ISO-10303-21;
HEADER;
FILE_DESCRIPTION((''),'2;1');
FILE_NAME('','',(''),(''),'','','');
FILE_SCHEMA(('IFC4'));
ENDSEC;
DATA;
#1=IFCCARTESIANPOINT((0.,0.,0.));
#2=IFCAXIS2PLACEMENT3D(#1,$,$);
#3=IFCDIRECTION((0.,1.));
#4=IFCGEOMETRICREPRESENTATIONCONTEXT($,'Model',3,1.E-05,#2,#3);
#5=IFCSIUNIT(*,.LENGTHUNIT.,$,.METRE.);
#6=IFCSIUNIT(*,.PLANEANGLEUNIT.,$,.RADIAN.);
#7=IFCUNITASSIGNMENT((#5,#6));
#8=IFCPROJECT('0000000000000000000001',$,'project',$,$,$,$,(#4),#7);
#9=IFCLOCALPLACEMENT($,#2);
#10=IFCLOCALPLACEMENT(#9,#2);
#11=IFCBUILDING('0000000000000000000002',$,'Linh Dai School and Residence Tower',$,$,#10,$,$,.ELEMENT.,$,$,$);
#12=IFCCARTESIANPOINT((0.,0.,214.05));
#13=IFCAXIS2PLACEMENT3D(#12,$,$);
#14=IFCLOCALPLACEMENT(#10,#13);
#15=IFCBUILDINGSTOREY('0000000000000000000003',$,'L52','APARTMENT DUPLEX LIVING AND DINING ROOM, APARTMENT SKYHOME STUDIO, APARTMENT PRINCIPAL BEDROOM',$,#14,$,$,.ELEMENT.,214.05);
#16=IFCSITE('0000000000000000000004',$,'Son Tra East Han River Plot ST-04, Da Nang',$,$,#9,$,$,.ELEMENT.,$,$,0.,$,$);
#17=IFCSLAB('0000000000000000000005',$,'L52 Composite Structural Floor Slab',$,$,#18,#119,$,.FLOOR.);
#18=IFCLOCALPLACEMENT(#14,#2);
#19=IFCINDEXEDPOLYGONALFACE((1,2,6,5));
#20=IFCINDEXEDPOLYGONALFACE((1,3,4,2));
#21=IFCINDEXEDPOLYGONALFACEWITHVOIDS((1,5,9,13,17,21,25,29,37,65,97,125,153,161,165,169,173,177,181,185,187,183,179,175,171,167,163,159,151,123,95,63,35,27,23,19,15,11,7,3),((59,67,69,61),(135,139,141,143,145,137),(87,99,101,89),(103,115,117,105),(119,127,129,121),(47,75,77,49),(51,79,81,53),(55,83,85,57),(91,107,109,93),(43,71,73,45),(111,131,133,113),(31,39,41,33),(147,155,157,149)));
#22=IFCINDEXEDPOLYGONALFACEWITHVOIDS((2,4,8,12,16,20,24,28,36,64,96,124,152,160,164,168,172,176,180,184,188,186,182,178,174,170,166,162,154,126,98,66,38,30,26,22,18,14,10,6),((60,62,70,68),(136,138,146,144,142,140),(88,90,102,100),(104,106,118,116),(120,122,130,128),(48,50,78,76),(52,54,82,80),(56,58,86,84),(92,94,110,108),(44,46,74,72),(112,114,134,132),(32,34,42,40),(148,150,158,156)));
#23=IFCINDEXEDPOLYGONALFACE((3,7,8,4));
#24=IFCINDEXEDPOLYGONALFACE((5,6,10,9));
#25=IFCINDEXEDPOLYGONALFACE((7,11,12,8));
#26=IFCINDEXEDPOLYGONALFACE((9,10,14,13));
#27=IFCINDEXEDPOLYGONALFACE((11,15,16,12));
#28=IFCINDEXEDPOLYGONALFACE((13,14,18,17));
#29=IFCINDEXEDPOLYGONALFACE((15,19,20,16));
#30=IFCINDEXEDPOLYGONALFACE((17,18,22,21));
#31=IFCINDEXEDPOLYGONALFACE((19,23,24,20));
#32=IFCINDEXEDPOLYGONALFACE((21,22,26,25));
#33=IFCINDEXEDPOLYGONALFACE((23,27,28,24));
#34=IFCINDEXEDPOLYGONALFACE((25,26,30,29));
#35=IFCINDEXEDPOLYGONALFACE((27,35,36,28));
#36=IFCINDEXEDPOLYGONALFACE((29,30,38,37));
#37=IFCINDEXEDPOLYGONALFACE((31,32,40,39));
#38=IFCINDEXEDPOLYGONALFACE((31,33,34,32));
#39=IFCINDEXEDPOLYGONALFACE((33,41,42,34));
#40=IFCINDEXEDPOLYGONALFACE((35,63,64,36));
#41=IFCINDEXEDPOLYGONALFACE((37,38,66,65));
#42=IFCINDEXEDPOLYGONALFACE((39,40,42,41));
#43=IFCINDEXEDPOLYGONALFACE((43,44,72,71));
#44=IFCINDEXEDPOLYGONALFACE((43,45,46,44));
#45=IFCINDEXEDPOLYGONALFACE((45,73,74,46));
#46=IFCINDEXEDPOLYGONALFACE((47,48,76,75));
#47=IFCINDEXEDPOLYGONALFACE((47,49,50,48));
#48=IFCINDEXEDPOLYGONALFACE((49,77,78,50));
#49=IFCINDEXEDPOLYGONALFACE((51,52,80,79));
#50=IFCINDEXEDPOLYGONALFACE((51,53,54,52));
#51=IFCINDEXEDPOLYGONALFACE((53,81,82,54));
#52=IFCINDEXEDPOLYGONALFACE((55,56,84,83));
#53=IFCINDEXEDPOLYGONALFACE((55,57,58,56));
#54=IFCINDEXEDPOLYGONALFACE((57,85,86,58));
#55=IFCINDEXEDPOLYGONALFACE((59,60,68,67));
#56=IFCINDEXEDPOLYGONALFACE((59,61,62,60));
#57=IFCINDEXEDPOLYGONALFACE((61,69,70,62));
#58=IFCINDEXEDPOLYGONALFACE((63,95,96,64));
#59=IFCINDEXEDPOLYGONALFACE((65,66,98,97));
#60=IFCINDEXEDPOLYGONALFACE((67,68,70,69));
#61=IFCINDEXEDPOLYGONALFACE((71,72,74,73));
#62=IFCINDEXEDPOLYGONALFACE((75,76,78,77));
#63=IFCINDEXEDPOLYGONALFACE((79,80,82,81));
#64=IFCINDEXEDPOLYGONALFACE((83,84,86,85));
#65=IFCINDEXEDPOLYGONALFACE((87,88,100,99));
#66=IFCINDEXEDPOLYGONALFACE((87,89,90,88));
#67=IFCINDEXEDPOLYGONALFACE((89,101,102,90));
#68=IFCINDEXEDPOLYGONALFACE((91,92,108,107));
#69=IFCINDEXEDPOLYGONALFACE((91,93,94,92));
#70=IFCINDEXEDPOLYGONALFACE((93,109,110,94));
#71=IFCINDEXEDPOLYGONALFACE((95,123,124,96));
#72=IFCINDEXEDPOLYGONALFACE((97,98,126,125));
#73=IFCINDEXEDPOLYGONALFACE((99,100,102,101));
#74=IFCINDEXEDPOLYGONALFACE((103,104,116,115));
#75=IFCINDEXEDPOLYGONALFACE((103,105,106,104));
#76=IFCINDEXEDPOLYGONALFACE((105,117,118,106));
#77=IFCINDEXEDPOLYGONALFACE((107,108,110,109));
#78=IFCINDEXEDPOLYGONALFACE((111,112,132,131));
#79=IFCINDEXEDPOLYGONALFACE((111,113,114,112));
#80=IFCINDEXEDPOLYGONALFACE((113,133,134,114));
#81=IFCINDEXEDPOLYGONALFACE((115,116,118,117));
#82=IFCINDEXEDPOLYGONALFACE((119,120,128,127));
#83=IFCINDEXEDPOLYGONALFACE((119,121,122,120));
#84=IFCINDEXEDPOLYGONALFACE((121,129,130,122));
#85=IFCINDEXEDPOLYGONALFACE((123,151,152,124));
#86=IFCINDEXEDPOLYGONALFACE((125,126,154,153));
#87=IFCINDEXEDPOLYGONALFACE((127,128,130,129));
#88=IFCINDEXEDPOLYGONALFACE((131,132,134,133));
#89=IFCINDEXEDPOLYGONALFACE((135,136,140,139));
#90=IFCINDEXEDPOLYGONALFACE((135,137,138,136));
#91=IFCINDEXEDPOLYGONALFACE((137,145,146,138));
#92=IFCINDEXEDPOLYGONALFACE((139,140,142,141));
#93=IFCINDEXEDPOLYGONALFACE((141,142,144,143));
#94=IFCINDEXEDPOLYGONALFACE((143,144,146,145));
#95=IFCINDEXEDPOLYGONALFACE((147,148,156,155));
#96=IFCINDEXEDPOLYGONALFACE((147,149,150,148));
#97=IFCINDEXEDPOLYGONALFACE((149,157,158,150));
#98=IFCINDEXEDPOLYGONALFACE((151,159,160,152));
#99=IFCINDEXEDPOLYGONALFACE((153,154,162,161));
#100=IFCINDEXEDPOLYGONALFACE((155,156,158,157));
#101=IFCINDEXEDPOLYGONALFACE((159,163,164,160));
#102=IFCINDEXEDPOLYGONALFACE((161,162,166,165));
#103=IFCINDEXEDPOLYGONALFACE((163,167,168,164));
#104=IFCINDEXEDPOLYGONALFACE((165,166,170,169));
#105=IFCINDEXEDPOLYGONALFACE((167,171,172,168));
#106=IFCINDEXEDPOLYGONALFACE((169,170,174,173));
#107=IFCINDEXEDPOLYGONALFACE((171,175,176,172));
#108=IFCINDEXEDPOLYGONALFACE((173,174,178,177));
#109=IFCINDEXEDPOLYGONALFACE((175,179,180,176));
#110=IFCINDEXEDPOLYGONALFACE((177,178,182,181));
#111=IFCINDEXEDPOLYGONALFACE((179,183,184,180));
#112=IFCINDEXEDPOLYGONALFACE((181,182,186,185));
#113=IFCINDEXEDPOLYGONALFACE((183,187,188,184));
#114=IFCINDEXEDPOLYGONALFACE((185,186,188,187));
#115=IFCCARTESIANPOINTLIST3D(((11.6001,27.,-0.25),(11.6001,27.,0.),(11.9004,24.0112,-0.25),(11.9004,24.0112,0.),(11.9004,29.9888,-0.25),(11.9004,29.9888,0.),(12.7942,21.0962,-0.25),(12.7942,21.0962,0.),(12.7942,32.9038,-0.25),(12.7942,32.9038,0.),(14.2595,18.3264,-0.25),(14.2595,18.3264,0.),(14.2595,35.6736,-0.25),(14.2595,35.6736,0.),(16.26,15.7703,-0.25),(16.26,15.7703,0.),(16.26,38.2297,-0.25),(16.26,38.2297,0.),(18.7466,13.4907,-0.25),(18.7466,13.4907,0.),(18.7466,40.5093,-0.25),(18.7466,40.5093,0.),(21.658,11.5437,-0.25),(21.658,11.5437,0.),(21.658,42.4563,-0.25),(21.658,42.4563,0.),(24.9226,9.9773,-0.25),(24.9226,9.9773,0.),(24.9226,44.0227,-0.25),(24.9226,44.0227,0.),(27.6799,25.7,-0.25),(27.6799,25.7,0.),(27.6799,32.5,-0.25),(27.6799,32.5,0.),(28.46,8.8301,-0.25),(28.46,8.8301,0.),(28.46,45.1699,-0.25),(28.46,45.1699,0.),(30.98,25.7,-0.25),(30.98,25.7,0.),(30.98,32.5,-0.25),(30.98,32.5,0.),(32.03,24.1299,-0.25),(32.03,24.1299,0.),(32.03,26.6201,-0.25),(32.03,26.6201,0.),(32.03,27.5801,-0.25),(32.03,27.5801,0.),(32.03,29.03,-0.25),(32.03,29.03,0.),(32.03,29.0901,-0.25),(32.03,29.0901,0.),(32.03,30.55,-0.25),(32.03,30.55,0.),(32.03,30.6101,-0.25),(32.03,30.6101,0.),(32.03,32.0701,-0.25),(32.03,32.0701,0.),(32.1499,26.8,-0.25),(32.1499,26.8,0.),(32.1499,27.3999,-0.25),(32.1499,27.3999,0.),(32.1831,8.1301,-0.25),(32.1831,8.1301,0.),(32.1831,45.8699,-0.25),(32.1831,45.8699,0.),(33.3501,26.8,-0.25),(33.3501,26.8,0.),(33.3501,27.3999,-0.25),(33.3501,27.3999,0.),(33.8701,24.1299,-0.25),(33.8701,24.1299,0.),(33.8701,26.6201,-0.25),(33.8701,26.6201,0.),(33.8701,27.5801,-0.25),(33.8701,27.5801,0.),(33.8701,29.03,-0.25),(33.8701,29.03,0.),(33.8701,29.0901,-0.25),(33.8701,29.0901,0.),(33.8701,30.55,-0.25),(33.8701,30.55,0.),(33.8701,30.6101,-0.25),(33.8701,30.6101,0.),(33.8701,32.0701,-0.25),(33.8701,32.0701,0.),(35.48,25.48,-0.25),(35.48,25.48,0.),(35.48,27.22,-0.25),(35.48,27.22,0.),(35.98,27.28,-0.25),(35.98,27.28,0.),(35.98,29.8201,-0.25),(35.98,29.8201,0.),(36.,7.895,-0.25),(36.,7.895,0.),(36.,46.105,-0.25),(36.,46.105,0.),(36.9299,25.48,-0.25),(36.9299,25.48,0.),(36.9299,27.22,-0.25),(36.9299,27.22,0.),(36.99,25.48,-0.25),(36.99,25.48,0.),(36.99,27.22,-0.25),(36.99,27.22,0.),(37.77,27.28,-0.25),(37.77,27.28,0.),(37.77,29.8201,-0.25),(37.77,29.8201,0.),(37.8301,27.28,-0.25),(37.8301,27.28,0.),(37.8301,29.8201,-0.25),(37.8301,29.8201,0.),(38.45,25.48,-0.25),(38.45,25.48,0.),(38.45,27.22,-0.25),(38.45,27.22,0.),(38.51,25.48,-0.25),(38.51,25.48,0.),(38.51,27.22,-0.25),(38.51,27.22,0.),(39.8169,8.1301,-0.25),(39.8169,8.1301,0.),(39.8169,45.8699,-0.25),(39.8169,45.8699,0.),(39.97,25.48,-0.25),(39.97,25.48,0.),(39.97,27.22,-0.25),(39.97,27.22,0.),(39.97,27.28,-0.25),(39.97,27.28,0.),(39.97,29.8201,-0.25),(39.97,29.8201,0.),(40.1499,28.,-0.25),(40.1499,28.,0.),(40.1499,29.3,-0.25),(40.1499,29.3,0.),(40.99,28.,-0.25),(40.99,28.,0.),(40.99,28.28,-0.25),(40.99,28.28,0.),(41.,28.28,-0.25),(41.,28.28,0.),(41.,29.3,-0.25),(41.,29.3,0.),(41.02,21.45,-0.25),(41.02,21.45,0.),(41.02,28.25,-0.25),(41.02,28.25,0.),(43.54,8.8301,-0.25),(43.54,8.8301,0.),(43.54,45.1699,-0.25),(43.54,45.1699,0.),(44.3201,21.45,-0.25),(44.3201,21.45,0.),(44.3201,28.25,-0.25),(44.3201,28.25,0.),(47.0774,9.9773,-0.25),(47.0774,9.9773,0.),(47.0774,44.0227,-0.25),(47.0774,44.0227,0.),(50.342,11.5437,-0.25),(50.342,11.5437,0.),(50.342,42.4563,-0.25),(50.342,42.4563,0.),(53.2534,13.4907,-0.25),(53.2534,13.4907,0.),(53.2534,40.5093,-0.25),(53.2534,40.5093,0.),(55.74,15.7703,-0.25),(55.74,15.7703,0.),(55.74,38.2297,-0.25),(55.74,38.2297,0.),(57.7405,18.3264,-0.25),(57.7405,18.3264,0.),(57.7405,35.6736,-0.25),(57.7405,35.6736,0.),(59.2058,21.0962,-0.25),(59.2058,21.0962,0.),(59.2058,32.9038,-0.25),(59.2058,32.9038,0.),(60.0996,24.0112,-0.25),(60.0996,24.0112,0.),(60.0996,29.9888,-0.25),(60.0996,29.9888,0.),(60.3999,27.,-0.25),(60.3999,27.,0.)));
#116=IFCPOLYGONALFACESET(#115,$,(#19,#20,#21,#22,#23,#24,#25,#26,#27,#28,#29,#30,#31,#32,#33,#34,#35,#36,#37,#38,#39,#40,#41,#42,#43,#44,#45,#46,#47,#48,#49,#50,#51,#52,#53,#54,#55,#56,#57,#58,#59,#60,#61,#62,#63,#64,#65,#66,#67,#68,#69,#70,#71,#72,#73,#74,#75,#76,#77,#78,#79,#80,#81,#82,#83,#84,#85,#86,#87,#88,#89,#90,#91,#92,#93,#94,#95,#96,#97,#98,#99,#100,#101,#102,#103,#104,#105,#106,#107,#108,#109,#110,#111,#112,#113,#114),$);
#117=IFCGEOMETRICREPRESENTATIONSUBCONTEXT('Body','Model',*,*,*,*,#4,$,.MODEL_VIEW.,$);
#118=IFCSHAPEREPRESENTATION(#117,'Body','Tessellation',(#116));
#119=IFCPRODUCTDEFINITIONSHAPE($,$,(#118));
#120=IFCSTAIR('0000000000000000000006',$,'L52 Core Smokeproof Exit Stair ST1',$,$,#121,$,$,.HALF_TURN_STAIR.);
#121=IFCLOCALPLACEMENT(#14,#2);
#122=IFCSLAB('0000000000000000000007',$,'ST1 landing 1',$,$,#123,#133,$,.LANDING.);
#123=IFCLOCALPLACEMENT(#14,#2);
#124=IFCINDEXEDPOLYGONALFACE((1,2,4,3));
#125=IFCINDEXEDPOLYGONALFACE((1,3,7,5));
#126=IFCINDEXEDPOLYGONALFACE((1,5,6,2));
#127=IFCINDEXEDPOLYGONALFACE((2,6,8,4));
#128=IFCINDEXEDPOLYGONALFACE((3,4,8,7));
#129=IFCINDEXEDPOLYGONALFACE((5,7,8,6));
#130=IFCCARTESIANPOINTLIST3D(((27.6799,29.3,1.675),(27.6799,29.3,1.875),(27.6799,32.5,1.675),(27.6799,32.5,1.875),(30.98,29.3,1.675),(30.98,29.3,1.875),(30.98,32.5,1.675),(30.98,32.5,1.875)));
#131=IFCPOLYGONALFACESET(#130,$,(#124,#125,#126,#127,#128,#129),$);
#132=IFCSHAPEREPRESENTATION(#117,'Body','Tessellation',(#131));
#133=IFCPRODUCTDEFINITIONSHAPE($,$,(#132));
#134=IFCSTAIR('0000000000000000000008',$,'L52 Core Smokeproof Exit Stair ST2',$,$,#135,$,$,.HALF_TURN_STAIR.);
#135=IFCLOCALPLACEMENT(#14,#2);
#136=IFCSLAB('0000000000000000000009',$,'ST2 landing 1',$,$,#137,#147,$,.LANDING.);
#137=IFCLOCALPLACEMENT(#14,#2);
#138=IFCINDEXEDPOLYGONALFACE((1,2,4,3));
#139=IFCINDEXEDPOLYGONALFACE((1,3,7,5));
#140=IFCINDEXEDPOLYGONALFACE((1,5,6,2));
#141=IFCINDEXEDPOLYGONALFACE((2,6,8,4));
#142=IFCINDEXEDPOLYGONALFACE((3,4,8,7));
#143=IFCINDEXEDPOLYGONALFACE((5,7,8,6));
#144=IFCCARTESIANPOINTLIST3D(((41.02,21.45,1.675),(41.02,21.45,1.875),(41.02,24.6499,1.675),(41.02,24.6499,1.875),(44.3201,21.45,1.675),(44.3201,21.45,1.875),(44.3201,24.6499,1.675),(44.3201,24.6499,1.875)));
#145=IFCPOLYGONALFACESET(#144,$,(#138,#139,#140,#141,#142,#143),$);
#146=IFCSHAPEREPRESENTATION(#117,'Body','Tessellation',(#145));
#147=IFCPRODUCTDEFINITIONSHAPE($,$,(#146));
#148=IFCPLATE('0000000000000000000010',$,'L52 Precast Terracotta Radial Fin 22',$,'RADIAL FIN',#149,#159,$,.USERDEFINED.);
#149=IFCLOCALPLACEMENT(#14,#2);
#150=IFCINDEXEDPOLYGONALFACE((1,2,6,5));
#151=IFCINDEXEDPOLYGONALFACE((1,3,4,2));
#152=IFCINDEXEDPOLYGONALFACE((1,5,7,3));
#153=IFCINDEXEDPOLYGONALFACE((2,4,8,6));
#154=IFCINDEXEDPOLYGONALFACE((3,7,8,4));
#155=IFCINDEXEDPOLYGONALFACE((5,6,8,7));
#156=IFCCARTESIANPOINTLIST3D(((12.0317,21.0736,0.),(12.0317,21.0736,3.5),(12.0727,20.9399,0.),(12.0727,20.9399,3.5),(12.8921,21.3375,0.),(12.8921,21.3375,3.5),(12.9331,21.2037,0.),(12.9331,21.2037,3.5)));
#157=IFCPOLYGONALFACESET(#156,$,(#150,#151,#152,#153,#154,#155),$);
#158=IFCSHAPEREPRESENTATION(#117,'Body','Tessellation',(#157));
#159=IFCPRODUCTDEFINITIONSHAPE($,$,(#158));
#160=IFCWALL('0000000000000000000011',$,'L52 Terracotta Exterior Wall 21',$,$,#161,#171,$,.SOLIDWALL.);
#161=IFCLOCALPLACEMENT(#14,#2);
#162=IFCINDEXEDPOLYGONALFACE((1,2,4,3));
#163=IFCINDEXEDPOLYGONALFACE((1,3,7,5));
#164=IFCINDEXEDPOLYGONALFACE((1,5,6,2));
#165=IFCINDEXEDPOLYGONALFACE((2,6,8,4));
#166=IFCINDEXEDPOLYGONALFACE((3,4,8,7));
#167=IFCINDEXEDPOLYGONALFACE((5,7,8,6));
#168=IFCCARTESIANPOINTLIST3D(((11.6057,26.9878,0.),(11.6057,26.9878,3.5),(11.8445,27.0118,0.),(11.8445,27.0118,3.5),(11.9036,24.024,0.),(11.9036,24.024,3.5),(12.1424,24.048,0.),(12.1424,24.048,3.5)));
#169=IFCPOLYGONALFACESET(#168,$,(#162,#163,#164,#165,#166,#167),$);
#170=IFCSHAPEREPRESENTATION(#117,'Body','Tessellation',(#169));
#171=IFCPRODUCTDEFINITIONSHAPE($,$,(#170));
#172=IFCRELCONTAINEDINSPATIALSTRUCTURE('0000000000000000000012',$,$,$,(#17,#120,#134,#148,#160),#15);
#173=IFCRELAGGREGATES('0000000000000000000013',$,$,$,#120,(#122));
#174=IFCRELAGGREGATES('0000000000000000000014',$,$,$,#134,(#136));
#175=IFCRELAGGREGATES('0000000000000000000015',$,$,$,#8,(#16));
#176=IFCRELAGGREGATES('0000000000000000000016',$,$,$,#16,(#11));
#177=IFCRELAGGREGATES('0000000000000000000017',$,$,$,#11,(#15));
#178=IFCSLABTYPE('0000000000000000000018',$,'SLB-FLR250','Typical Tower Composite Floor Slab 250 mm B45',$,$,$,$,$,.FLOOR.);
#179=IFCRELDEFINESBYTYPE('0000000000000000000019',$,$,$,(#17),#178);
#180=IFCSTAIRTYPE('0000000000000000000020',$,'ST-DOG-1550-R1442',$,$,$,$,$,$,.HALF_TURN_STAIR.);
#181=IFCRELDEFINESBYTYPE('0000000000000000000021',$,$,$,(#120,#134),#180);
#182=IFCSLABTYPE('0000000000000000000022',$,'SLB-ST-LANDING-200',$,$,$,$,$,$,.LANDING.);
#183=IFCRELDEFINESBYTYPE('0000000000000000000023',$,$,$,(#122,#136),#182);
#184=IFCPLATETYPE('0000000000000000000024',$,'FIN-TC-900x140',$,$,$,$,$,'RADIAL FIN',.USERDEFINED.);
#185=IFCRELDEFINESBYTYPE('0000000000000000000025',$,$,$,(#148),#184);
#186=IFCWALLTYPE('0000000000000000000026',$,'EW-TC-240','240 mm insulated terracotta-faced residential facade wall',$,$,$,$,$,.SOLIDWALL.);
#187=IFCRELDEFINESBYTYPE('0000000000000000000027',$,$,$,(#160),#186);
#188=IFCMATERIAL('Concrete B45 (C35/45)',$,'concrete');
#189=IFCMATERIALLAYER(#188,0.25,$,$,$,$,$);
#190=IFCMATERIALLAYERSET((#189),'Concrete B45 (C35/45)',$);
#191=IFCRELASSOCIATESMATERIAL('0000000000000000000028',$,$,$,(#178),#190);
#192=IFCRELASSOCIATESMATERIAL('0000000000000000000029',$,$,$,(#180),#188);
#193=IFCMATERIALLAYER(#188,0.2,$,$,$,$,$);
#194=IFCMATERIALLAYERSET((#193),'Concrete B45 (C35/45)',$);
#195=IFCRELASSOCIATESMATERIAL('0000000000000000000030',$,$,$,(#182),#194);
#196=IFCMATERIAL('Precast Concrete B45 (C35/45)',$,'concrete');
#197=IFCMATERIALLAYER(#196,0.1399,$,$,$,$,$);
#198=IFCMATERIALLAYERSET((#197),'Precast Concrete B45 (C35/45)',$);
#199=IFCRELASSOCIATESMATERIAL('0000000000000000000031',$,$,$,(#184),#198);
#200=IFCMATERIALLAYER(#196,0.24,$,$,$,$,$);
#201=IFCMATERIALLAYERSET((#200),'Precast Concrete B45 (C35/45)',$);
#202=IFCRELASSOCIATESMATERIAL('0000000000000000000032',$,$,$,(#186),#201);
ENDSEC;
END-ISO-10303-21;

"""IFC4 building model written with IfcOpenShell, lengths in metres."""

from ifc_helpers import new_model, si_unit, direction, frame, frame_2d, origin, origin_2d, place, context, subcontext, project, spatial, polyline, rectangle, outline, extrude, source, transform, mapped, material, layer, layer_set, type_object, element, aggregate, save


model = new_model("IFC4")

# Units and contexts
model_context = context("Model", 3, precision=1e-05, world=origin(), true_north=direction((0.0, 1.0)))
body_context = subcontext(model_context, "Body", "Model", "MODEL_VIEW")
ifc_project = project(units=[si_unit("LENGTHUNIT", "METRE"), si_unit("PLANEANGLEUNIT", "RADIAN")], contexts=[model_context])

# Site, building, storey
site_placement = place(None, origin())
site = spatial("IfcSite", under=ifc_project, at=site_placement, Name="Son Tra East Han River Plot ST-04, Da Nang", CompositionType="ELEMENT", RefElevation=0.0)
building_placement = place(site_placement, origin())
building = spatial("IfcBuilding", under=site, at=building_placement, Name="Linh Dai School and Residence Tower", CompositionType="ELEMENT")
storey_placement = place(building_placement, frame((0.0, 0.0, 214.05)))
storey = spatial("IfcBuildingStorey", under=building, at=storey_placement, Name="L52", Description="APARTMENT DUPLEX LIVING AND DINING ROOM, APARTMENT SKYHOME STUDIO, APARTMENT PRINCIPAL BEDROOM", CompositionType="ELEMENT", Elevation=214.05)

# Slab
ifc_material_1 = material(Name="Concrete B45 (C35/45)", Category="concrete")
ifc_layer_1 = layer(ifc_material_1, 0.25)
ifc_layer_set_1 = layer_set([ifc_layer_1], Name="Concrete B45 (C35/45)")
slab_type_1 = type_object("IfcSlabType", Name="SLB-FLR250", Description="Typical Tower Composite Floor Slab 250 mm B45", PredefinedType="FLOOR", material=ifc_layer_set_1)
slab_1_placement = place(storey_placement, frame((0.0, 0.0, -0.25)))
element("IfcSlab", 1, at=slab_1_placement, inside=storey, type_object=slab_type_1, Name="L52 Composite Structural Floor Slab", PredefinedType="FLOOR", context=body_context, shape_type="SweptSolid", body=[
    extrude(outline(polyline([(60.3999, 27.0), (60.0996, 29.9888), (59.2058, 32.9038), (57.7405, 35.6736), (55.74, 38.2297), (53.2534, 40.5093), (50.342, 42.4563), (47.0774, 44.0227), (43.54, 45.1699), (39.8169, 45.8699), (36.0, 46.105), (32.1831, 45.8699), (28.46, 45.1699), (24.9226, 44.0227), (21.658, 42.4563), (18.7466, 40.5093), (16.26, 38.2297), (14.2595, 35.6736), (12.7942, 32.9038), (11.9004, 29.9888), (11.6001, 27.0), (11.9004, 24.0112), (12.7942, 21.0962), (14.2595, 18.3264), (16.26, 15.7703), (18.7466, 13.4907), (21.658, 11.5437), (24.9226, 9.9773), (28.46, 8.8301), (32.1831, 8.1301), (36.0, 7.895), (39.8169, 8.1301), (43.54, 8.8301), (47.0774, 9.9773), (50.342, 11.5437), (53.2534, 13.4907), (55.74, 15.7703), (57.7405, 18.3264), (59.2058, 21.0962), (60.0996, 24.0112), (60.3999, 27.0)]), holes=[polyline([(30.98, 25.7), (30.98, 32.5), (27.6799, 32.5), (27.6799, 25.7), (30.98, 25.7)]), polyline([(41.02, 28.25), (41.02, 21.45), (44.3201, 21.45), (44.3201, 28.25), (41.02, 28.25)]), polyline([(35.98, 27.28), (37.77, 27.28), (37.77, 29.8201), (35.98, 29.8201), (35.98, 27.28)]), polyline([(32.03, 24.1299), (33.8701, 24.1299), (33.8701, 26.6201), (32.03, 26.6201), (32.03, 24.1299)]), polyline([(37.8301, 27.28), (39.97, 27.28), (39.97, 29.8201), (37.8301, 29.8201), (37.8301, 27.28)]), polyline([(32.03, 27.5801), (33.8701, 27.5801), (33.8701, 29.03), (32.03, 29.03), (32.03, 27.5801)]), polyline([(32.03, 29.0901), (33.8701, 29.0901), (33.8701, 30.55), (32.03, 30.55), (32.03, 29.0901)]), polyline([(32.03, 30.6101), (33.8701, 30.6101), (33.8701, 32.0701), (32.03, 32.0701), (32.03, 30.6101)]), polyline([(35.48, 25.48), (36.9299, 25.48), (36.9299, 27.22), (35.48, 27.22), (35.48, 25.48)]), polyline([(36.99, 25.48), (38.45, 25.48), (38.45, 27.22), (36.99, 27.22), (36.99, 25.48)]), polyline([(38.51, 25.48), (39.97, 25.48), (39.97, 27.22), (38.51, 27.22), (38.51, 25.48)]), polyline([(40.1499, 28.0), (40.1499, 29.3), (41.0, 29.3), (41.0, 28.28), (40.99, 28.28), (40.99, 28.0), (40.1499, 28.0)]), polyline([(32.1499, 26.8), (33.3501, 26.8), (33.3501, 27.3999), (32.1499, 27.3999), (32.1499, 26.8)])]), origin(), (0.0, 0.0, 1.0), 0.25),
])

# Stairs, slabs
stair_type = type_object("IfcStairType", Name="ST-DOG-1550-R1442", PredefinedType="HALF_TURN_STAIR", material=ifc_material_1)
stair_1_placement = place(storey_placement, origin())
stair_1 = element("IfcStair", 2, at=stair_1_placement, inside=storey, type_object=stair_type, Name="L52 Core Smokeproof Exit Stair ST1", PredefinedType="HALF_TURN_STAIR")
ifc_layer_2 = layer(ifc_material_1, 0.2)
ifc_layer_set_2 = layer_set([ifc_layer_2], Name="Concrete B45 (C35/45)")
slab_type_2 = type_object("IfcSlabType", Name="SLB-ST-LANDING-200", PredefinedType="LANDING", material=ifc_layer_set_2)
slab_2_placement = place(storey_placement, frame((0.0, 0.0, 1.675)))
slab_2 = element("IfcSlab", 3, at=slab_2_placement, type_object=slab_type_2, Name="ST1 landing 1", PredefinedType="LANDING", context=body_context, shape_type="SweptSolid", body=[
    extrude(outline(polyline([(30.98, 29.3), (30.98, 32.5), (27.6799, 32.5), (27.6799, 29.3), (30.98, 29.3)])), origin(), (0.0, 0.0, 1.0), 0.2),
])
aggregate(stair_1, [slab_2])
stair_2_placement = place(storey_placement, origin())
stair_2 = element("IfcStair", 4, at=stair_2_placement, inside=storey, type_object=stair_type, Name="L52 Core Smokeproof Exit Stair ST2", PredefinedType="HALF_TURN_STAIR")
slab_3_placement = place(storey_placement, frame((0.0, 0.0, 1.675)))
slab_3 = element("IfcSlab", 5, at=slab_3_placement, type_object=slab_type_2, Name="ST2 landing 1", PredefinedType="LANDING", context=body_context, shape_type="SweptSolid", body=[
    extrude(outline(polyline([(41.02, 24.6499), (41.02, 21.45), (44.3201, 21.45), (44.3201, 24.6499), (41.02, 24.6499)])), origin(), (0.0, 0.0, 1.0), 0.2),
])
aggregate(stair_2, [slab_3])

# Plate
ifc_material_2 = material(Name="Precast Concrete B45 (C35/45)", Category="concrete")
ifc_layer_3 = layer(ifc_material_2, 0.1399)
ifc_layer_set_3 = layer_set([ifc_layer_3], Name="Precast Concrete B45 (C35/45)")
plate_type = type_object("IfcPlateType", Name="FIN-TC-900x140", ElementType="RADIAL FIN", PredefinedType="USERDEFINED", material=ifc_layer_set_3)
shared_shape_1 = source(origin(), body_context, "Body", "SweptSolid", [
    extrude(rectangle(XDim=0.8999, YDim=0.1399, at=origin_2d()), origin(), (0.0, 0.0, 1.0), 3.5),
])
plate_placement = place(storey_placement, frame((12.4824, 21.1387, 0.0), z_axis=(0.0, 0.0, 1.0), x_axis=(-0.956064, -0.293157, 0.0)))
element("IfcPlate", 6, at=plate_placement, inside=storey, type_object=plate_type, Name="L52 Precast Terracotta Radial Fin 22", ObjectType="RADIAL FIN", PredefinedType="USERDEFINED", context=body_context, shape_type="MappedRepresentation", body=[
    mapped(shared_shape_1, transform((0.0, 0.0, 0.0), x_axis=(1.0, 0.0, 0.0), y_axis=(0.0, 1.0, 0.0), z_axis=(0.0, 0.0, 1.0), scale=1.0)),
])

# Wall
ifc_layer_4 = layer(ifc_material_2, 0.24)
ifc_layer_set_4 = layer_set([ifc_layer_4], Name="Precast Concrete B45 (C35/45)")
wall_type_1 = type_object("IfcWallType", Name="EW-TC-240", Description="240 mm insulated terracotta-faced residential facade wall", PredefinedType="SOLIDWALL", material=ifc_layer_set_4)
wall_1_placement = place(storey_placement, frame((12.0229, 24.0361, 0.0), z_axis=(0.0, 0.0, 1.0), x_axis=(-0.099991, 0.994988, 0.0)))
element("IfcWall", 7, at=wall_1_placement, inside=storey, type_object=wall_type_1, Name="L52 Terracotta Exterior Wall 21", PredefinedType="SOLIDWALL", context=body_context, shape_type="SweptSolid", body=[
    extrude(rectangle(XDim=2.9788, YDim=0.24, at=frame_2d((1.4893, 0.0))), origin(), (0.0, 0.0, 1.0), 3.5),
])

save(model, "model.ifc")
